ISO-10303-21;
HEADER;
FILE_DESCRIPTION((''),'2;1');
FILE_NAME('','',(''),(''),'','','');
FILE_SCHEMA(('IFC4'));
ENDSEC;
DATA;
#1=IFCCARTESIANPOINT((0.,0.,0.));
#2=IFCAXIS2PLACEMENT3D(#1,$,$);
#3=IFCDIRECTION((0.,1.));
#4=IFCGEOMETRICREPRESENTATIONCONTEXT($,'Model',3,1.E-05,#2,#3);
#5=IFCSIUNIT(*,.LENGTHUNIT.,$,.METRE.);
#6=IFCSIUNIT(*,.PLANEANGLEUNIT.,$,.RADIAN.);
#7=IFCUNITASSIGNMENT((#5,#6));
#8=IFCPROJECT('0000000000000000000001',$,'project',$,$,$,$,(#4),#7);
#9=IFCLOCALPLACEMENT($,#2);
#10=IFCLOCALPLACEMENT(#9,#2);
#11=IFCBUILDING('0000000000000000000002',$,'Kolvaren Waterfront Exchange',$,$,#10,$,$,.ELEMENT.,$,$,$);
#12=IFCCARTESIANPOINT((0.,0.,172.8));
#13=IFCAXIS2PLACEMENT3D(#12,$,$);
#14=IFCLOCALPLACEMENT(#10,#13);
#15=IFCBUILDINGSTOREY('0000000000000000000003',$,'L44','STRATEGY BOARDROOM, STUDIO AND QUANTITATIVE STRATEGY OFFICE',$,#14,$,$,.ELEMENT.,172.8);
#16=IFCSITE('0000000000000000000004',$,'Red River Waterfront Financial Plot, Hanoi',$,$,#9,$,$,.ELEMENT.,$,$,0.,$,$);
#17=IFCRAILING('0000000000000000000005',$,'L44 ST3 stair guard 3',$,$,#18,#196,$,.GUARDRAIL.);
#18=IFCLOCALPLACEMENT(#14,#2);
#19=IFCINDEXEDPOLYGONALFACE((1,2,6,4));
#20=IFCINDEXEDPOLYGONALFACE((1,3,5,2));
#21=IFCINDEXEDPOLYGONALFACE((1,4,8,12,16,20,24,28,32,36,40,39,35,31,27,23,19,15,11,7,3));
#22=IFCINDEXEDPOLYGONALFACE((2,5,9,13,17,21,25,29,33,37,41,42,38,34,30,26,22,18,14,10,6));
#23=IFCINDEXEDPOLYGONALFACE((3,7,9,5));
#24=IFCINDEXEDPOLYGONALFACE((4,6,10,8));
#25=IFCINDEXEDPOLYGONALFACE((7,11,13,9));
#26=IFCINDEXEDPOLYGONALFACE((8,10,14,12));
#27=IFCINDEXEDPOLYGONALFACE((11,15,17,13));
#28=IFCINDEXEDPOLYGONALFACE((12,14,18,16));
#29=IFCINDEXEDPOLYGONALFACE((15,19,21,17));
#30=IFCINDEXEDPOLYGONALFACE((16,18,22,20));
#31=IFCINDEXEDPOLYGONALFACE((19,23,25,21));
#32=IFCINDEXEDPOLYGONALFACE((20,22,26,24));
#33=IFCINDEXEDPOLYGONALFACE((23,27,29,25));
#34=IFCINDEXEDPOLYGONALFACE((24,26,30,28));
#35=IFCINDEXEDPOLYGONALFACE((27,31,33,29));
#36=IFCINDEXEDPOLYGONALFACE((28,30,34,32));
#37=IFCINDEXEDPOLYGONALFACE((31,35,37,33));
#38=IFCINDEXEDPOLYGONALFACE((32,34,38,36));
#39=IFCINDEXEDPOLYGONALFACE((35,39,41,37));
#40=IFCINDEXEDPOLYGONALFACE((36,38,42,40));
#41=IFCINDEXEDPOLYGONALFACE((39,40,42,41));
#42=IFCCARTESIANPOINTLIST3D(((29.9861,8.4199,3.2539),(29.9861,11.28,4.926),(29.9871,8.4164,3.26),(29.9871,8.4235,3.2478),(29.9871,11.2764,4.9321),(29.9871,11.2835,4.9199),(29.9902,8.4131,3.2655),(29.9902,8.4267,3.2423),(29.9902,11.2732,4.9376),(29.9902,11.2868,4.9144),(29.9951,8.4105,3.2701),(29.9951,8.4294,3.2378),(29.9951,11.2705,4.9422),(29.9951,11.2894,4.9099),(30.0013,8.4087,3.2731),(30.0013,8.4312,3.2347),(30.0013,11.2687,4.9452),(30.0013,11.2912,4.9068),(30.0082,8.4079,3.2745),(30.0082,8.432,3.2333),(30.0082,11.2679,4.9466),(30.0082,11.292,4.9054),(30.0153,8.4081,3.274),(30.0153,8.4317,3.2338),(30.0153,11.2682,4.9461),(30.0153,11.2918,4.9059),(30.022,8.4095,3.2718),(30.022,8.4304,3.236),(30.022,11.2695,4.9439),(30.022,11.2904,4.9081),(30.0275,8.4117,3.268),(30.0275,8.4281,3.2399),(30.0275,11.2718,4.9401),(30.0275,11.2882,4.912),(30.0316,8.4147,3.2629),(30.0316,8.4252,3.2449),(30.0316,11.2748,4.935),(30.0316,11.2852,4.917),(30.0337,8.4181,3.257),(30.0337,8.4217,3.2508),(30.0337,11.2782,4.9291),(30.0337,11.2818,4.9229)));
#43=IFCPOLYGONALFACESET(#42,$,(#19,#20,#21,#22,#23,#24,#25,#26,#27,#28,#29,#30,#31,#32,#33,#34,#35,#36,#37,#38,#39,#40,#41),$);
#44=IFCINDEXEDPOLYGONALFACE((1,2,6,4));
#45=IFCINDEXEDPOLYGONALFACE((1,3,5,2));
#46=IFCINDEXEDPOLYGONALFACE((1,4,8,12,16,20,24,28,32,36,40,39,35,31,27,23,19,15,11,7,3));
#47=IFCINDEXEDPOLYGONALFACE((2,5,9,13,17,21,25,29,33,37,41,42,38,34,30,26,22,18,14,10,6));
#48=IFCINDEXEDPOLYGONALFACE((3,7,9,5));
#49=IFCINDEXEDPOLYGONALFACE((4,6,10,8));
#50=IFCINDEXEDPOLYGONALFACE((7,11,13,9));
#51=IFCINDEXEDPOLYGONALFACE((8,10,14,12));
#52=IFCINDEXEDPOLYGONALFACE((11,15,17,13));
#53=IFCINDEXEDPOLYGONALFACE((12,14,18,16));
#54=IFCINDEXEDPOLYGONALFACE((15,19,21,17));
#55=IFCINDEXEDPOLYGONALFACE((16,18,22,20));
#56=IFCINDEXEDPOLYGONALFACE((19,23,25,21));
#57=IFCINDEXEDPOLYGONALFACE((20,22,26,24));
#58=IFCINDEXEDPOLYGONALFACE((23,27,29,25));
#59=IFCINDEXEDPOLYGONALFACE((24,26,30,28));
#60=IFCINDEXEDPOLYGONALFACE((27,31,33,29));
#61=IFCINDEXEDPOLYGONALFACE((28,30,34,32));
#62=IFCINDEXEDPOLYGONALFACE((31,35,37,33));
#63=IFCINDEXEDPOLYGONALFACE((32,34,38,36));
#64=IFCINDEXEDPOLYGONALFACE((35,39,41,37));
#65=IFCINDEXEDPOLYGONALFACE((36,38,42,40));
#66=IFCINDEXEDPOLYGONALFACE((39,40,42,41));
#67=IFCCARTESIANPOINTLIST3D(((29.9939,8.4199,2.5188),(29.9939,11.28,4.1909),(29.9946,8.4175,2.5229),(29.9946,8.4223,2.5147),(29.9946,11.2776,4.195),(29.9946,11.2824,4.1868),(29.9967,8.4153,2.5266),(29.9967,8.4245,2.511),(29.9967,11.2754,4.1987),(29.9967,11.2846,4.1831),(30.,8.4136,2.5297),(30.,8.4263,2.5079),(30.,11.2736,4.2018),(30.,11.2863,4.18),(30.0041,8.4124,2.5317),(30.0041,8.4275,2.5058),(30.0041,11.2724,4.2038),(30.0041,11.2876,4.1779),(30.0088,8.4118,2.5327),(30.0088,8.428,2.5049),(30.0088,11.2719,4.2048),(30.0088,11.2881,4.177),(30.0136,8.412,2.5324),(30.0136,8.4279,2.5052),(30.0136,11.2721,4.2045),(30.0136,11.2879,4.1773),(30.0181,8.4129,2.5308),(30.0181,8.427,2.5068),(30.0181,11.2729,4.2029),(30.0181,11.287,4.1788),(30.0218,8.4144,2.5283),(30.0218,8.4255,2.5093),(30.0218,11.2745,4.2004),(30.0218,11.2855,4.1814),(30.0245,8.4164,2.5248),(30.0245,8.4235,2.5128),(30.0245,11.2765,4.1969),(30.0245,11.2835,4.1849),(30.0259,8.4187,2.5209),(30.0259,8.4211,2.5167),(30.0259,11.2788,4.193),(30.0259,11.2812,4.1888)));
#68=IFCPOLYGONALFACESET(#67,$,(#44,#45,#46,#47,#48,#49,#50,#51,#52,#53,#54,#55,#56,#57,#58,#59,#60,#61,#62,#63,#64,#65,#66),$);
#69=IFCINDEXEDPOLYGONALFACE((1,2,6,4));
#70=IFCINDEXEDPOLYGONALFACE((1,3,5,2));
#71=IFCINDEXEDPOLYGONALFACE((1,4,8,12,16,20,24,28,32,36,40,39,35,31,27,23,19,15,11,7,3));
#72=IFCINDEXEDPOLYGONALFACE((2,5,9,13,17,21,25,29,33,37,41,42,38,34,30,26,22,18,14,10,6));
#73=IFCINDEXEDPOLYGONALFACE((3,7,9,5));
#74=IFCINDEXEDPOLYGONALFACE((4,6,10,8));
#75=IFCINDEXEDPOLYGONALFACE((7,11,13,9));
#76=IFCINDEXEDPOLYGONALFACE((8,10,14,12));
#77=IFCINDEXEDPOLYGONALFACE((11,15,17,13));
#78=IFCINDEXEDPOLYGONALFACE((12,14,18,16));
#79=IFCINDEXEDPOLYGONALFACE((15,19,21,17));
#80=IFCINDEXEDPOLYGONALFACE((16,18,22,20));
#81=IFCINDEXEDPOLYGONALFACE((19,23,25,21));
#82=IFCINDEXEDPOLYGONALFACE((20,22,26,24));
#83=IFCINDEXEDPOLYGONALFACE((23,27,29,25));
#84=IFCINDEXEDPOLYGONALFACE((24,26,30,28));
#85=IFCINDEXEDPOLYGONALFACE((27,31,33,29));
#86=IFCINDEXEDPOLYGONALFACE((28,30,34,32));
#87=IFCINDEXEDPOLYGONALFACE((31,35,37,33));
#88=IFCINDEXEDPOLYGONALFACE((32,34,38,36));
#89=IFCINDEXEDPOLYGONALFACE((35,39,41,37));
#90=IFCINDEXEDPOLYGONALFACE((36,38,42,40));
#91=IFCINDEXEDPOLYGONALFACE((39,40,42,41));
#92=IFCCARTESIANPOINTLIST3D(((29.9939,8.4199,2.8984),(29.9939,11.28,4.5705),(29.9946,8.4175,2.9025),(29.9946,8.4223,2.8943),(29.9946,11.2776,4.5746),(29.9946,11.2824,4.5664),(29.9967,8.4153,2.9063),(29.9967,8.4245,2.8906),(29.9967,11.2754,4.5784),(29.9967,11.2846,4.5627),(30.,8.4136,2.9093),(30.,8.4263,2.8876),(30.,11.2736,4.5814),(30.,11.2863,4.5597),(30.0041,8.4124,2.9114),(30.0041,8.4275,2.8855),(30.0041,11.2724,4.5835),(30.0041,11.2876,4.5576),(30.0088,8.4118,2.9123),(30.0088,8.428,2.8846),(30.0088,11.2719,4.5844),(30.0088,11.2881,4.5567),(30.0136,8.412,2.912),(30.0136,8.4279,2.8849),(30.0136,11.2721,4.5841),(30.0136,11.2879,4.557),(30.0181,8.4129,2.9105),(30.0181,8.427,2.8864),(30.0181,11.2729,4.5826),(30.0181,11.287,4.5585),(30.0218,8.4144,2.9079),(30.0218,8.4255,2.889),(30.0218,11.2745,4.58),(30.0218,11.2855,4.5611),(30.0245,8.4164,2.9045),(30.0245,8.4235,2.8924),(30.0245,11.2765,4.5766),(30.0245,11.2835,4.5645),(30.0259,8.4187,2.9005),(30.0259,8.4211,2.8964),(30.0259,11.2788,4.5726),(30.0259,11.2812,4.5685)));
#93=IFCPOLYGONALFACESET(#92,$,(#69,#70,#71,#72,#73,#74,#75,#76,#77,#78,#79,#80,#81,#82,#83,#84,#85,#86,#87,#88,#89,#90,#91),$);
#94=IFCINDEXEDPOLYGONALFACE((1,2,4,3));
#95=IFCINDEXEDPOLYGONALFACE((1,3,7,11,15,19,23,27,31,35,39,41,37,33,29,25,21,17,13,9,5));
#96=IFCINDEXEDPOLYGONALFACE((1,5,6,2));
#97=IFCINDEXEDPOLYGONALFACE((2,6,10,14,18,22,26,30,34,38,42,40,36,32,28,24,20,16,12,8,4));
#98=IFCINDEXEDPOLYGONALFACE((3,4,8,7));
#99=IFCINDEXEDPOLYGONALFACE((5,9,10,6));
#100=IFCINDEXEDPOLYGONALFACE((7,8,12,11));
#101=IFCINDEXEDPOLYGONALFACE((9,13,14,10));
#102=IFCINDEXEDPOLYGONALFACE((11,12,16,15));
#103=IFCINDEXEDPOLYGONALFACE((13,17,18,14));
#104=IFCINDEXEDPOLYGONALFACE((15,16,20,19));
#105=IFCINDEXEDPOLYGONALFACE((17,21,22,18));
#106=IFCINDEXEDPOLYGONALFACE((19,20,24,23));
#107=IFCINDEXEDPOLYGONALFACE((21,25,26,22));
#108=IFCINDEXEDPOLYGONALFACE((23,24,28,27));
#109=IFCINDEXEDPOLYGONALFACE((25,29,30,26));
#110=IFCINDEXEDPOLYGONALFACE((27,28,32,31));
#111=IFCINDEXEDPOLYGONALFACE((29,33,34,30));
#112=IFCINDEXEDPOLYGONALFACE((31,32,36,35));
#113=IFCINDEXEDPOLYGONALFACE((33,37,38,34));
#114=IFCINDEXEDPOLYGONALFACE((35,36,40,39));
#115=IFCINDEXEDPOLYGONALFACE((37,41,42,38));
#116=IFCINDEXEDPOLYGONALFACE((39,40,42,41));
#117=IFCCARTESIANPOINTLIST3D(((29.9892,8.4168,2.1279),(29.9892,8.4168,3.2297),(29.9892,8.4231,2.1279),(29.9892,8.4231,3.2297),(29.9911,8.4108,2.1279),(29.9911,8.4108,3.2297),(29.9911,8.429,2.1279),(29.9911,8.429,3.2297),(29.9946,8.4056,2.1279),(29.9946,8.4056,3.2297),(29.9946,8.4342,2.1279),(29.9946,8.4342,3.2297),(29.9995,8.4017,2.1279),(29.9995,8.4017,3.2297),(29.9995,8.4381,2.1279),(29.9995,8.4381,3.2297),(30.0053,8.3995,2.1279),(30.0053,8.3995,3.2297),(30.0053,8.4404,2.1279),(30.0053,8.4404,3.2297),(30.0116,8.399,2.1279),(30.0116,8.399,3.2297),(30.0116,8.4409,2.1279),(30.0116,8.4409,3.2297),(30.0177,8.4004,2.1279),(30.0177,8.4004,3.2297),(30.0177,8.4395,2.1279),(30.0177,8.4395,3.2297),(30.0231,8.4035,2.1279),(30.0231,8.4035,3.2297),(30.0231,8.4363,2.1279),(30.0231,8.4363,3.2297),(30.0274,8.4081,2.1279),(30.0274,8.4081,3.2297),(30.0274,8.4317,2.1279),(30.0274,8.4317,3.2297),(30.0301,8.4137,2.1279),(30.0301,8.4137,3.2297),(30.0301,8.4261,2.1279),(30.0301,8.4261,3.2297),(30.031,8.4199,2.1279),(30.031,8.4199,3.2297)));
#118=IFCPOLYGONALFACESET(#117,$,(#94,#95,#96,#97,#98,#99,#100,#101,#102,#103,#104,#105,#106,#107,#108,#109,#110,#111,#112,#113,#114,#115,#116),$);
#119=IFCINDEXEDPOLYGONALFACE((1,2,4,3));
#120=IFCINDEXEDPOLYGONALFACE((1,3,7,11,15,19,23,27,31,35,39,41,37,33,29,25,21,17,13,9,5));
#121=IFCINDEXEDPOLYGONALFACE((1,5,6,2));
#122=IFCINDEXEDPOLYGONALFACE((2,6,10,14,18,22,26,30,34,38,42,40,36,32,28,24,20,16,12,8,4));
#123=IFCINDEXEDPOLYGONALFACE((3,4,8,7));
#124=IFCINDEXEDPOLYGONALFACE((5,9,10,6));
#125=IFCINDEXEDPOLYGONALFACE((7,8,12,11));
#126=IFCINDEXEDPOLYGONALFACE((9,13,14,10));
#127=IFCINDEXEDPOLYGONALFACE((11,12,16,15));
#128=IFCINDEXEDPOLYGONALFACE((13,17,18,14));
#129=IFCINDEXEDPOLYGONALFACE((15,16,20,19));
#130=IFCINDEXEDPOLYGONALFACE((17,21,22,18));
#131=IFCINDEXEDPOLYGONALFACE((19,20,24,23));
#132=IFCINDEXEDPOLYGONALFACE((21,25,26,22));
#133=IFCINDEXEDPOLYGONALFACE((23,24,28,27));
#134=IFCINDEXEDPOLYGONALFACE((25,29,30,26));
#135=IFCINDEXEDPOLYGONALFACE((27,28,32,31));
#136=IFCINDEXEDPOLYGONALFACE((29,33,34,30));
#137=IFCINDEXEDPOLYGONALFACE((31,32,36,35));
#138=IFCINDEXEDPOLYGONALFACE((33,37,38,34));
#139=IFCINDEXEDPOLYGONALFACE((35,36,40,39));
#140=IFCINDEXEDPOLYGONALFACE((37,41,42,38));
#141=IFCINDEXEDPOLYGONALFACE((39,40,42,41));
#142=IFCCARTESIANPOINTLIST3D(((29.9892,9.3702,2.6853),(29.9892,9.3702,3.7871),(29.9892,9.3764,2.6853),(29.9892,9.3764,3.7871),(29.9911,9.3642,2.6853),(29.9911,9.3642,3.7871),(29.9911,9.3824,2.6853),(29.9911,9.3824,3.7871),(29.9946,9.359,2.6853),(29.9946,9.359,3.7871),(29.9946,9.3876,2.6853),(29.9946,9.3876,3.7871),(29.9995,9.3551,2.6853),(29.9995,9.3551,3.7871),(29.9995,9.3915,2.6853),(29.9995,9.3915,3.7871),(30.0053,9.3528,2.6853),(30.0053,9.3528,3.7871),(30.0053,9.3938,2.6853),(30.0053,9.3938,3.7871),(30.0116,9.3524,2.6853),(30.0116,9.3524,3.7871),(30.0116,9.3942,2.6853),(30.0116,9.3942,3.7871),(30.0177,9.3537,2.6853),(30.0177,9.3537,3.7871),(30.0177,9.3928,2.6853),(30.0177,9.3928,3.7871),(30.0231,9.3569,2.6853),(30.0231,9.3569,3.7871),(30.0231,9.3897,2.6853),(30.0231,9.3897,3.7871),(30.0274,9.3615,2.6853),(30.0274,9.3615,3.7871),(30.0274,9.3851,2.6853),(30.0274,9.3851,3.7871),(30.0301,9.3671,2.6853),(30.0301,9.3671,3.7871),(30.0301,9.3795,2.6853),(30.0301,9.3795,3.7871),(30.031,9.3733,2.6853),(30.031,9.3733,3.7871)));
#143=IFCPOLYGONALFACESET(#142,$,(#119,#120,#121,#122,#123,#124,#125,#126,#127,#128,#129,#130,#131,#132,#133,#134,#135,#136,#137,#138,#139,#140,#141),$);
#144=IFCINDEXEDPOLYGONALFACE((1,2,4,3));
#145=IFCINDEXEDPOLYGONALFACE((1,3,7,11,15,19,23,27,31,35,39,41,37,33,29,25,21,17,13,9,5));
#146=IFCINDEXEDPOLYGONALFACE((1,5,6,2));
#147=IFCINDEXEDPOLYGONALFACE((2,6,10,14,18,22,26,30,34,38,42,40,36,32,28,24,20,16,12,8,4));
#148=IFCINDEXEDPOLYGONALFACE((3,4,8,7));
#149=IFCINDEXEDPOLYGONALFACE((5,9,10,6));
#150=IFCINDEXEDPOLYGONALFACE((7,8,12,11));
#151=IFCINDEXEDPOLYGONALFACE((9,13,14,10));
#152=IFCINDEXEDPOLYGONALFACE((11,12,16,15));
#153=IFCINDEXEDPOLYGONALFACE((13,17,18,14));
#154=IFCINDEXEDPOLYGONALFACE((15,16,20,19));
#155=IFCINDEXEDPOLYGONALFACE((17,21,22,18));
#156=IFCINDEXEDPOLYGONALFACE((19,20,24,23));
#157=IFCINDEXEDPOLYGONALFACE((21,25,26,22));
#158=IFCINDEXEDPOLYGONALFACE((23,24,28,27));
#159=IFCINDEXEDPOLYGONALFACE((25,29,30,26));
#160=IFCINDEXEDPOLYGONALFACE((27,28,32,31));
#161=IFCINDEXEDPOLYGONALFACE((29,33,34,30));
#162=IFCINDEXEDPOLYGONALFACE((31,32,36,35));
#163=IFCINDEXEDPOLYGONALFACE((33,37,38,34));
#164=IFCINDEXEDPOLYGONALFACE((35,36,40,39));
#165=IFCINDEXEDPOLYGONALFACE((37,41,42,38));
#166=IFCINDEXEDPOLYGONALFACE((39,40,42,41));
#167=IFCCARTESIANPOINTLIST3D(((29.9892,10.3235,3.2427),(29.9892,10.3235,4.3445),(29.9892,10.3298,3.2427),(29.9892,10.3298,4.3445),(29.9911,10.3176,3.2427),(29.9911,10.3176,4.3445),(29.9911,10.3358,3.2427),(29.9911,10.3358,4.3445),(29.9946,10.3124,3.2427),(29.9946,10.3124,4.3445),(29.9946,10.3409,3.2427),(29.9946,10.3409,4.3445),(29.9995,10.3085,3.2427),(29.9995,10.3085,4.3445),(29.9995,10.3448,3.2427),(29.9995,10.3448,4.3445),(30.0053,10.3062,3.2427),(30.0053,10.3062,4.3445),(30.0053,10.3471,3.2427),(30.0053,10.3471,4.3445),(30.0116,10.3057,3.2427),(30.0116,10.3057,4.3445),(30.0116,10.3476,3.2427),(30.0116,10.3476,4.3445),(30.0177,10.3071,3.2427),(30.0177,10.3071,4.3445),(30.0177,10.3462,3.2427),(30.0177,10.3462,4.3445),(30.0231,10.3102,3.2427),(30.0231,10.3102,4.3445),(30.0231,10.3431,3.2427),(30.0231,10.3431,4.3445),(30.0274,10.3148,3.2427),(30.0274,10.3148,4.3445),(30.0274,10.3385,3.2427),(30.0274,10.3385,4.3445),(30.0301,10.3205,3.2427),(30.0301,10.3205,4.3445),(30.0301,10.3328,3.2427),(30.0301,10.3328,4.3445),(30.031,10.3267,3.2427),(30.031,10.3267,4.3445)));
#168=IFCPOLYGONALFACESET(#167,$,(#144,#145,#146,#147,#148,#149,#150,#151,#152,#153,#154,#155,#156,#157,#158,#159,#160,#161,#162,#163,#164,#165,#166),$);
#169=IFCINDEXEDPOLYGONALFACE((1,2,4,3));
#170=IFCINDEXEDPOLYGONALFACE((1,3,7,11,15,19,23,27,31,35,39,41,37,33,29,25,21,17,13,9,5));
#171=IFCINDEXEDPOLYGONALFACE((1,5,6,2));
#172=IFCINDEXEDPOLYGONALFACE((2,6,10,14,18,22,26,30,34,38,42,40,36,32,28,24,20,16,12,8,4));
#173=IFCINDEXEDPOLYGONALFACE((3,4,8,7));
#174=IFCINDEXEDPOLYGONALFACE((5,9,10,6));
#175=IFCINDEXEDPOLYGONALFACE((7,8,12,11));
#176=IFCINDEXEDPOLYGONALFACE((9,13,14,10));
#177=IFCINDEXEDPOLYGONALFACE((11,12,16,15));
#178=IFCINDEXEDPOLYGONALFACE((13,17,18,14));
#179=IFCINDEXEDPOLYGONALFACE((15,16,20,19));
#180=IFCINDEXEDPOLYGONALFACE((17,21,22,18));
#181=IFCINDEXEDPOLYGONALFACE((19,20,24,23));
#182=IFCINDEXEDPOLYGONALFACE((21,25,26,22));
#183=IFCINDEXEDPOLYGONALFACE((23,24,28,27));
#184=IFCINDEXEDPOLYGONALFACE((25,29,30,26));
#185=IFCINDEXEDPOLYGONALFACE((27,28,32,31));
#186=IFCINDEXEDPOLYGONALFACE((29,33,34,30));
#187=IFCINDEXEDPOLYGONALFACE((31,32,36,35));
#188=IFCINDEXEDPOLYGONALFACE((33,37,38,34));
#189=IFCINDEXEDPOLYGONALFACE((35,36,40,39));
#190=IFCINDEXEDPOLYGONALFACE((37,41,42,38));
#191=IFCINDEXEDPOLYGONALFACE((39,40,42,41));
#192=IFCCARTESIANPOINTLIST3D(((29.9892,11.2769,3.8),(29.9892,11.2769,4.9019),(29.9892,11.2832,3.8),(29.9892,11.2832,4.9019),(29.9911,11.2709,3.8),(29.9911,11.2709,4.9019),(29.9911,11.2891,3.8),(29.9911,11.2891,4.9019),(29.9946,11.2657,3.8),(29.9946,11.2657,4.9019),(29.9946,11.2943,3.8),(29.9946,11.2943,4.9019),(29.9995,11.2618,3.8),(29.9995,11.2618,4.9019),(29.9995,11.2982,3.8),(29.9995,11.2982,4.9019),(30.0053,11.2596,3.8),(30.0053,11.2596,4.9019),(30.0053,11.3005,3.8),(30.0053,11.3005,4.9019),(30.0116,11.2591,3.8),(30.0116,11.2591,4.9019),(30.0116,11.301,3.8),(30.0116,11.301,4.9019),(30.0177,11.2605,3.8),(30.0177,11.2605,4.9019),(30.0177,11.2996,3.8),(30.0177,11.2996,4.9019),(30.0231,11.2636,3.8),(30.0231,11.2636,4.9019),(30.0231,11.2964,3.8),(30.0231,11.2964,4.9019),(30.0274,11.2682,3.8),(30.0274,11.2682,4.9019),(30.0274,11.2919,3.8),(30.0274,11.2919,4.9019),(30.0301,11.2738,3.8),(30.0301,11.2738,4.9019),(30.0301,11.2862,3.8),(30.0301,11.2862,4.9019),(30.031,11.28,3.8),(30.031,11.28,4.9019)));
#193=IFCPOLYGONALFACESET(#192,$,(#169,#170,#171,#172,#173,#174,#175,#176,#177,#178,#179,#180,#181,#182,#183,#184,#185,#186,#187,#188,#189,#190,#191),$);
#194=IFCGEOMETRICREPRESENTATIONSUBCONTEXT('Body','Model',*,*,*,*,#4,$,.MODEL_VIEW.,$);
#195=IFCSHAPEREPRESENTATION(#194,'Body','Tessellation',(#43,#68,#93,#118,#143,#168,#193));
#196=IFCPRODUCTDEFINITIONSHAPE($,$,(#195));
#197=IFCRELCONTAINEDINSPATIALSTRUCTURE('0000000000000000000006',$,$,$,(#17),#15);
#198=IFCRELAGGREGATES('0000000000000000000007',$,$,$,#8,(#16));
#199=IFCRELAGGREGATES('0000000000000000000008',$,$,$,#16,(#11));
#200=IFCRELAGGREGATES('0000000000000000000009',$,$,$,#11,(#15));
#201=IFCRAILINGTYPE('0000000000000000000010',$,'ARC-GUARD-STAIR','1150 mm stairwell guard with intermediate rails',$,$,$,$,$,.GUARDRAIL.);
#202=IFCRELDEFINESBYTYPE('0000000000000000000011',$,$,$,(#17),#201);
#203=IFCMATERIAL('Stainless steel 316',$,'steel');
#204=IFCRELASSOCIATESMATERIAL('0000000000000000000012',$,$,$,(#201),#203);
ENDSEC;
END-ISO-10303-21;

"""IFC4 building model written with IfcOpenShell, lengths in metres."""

from ifc_helpers import new_model, si_unit, direction, frame, origin, origin_2d, place, context, subcontext, project, spatial, circle, extrude, material, type_object, element, save


model = new_model("IFC4")

# Units and contexts
model_context = context("Model", 3, precision=1e-05, world=origin(), true_north=direction((0.0, 1.0)))
body_context = subcontext(model_context, "Body", "Model", "MODEL_VIEW")
ifc_project = project(units=[si_unit("LENGTHUNIT", "METRE"), si_unit("PLANEANGLEUNIT", "RADIAN")], contexts=[model_context])

# Site, building, storey
site_placement = place(None, origin())
site = spatial("IfcSite", under=ifc_project, at=site_placement, Name="Red River Waterfront Financial Plot, Hanoi", CompositionType="ELEMENT", RefElevation=0.0)
building_placement = place(site_placement, origin())
building = spatial("IfcBuilding", under=site, at=building_placement, Name="Kolvaren Waterfront Exchange", CompositionType="ELEMENT")
storey_placement = place(building_placement, frame((0.0, 0.0, 172.8)))
storey = spatial("IfcBuildingStorey", under=building, at=storey_placement, Name="L44", Description="STRATEGY BOARDROOM, STUDIO AND QUANTITATIVE STRATEGY OFFICE", CompositionType="ELEMENT", Elevation=172.8)

# Railing
ifc_material_1 = material(Name="Stainless steel 316", Category="steel")
railing_type_1 = type_object("IfcRailingType", Name="ARC-GUARD-STAIR", Description="1150 mm stairwell guard with intermediate rails", PredefinedType="GUARDRAIL", material=ifc_material_1)
railing_1_placement = place(storey_placement, frame((30.01, 8.4199, 2.1279)))
element("IfcRailing", 1, at=railing_1_placement, inside=storey, type_object=railing_type_1, Name="L44 ST3 stair guard 3", PredefinedType="GUARDRAIL", context=body_context, shape_type="SweptSolid", body=[
    extrude(circle(Radius=0.0239, at=origin_2d()), frame((0.0, 0.0, 1.126), z_axis=(0.0, 0.863289, 0.504709), x_axis=(-1.0, 0.0, 0.0)), (0.0, 0.0, 1.0), 3.313),
    extrude(circle(Radius=0.0161, at=origin_2d()), frame((0.0, 0.0, 0.3909), z_axis=(0.0, 0.863289, 0.504709), x_axis=(-1.0, 0.0, 0.0)), (0.0, 0.0, 1.0), 3.313),
    extrude(circle(Radius=0.0161, at=origin_2d()), frame((0.0, 0.0, 0.7705), z_axis=(0.0, 0.863289, 0.504709), x_axis=(-1.0, 0.0, 0.0)), (0.0, 0.0, 1.0), 3.313),
    extrude(circle(Radius=0.021, at=origin_2d()), origin(), (0.0, 0.0, 1.0), 1.1018),
    extrude(circle(Radius=0.021, at=origin_2d()), frame((0.0, 0.9534, 0.5574)), (0.0, 0.0, 1.0), 1.1018),
    extrude(circle(Radius=0.021, at=origin_2d()), frame((0.0, 1.9067, 1.1147)), (0.0, 0.0, 1.0), 1.1018),
    extrude(circle(Radius=0.021, at=origin_2d()), frame((0.0, 2.8601, 1.6721)), (0.0, 0.0, 1.0), 1.1018),
])

save(model, "model.ifc")
